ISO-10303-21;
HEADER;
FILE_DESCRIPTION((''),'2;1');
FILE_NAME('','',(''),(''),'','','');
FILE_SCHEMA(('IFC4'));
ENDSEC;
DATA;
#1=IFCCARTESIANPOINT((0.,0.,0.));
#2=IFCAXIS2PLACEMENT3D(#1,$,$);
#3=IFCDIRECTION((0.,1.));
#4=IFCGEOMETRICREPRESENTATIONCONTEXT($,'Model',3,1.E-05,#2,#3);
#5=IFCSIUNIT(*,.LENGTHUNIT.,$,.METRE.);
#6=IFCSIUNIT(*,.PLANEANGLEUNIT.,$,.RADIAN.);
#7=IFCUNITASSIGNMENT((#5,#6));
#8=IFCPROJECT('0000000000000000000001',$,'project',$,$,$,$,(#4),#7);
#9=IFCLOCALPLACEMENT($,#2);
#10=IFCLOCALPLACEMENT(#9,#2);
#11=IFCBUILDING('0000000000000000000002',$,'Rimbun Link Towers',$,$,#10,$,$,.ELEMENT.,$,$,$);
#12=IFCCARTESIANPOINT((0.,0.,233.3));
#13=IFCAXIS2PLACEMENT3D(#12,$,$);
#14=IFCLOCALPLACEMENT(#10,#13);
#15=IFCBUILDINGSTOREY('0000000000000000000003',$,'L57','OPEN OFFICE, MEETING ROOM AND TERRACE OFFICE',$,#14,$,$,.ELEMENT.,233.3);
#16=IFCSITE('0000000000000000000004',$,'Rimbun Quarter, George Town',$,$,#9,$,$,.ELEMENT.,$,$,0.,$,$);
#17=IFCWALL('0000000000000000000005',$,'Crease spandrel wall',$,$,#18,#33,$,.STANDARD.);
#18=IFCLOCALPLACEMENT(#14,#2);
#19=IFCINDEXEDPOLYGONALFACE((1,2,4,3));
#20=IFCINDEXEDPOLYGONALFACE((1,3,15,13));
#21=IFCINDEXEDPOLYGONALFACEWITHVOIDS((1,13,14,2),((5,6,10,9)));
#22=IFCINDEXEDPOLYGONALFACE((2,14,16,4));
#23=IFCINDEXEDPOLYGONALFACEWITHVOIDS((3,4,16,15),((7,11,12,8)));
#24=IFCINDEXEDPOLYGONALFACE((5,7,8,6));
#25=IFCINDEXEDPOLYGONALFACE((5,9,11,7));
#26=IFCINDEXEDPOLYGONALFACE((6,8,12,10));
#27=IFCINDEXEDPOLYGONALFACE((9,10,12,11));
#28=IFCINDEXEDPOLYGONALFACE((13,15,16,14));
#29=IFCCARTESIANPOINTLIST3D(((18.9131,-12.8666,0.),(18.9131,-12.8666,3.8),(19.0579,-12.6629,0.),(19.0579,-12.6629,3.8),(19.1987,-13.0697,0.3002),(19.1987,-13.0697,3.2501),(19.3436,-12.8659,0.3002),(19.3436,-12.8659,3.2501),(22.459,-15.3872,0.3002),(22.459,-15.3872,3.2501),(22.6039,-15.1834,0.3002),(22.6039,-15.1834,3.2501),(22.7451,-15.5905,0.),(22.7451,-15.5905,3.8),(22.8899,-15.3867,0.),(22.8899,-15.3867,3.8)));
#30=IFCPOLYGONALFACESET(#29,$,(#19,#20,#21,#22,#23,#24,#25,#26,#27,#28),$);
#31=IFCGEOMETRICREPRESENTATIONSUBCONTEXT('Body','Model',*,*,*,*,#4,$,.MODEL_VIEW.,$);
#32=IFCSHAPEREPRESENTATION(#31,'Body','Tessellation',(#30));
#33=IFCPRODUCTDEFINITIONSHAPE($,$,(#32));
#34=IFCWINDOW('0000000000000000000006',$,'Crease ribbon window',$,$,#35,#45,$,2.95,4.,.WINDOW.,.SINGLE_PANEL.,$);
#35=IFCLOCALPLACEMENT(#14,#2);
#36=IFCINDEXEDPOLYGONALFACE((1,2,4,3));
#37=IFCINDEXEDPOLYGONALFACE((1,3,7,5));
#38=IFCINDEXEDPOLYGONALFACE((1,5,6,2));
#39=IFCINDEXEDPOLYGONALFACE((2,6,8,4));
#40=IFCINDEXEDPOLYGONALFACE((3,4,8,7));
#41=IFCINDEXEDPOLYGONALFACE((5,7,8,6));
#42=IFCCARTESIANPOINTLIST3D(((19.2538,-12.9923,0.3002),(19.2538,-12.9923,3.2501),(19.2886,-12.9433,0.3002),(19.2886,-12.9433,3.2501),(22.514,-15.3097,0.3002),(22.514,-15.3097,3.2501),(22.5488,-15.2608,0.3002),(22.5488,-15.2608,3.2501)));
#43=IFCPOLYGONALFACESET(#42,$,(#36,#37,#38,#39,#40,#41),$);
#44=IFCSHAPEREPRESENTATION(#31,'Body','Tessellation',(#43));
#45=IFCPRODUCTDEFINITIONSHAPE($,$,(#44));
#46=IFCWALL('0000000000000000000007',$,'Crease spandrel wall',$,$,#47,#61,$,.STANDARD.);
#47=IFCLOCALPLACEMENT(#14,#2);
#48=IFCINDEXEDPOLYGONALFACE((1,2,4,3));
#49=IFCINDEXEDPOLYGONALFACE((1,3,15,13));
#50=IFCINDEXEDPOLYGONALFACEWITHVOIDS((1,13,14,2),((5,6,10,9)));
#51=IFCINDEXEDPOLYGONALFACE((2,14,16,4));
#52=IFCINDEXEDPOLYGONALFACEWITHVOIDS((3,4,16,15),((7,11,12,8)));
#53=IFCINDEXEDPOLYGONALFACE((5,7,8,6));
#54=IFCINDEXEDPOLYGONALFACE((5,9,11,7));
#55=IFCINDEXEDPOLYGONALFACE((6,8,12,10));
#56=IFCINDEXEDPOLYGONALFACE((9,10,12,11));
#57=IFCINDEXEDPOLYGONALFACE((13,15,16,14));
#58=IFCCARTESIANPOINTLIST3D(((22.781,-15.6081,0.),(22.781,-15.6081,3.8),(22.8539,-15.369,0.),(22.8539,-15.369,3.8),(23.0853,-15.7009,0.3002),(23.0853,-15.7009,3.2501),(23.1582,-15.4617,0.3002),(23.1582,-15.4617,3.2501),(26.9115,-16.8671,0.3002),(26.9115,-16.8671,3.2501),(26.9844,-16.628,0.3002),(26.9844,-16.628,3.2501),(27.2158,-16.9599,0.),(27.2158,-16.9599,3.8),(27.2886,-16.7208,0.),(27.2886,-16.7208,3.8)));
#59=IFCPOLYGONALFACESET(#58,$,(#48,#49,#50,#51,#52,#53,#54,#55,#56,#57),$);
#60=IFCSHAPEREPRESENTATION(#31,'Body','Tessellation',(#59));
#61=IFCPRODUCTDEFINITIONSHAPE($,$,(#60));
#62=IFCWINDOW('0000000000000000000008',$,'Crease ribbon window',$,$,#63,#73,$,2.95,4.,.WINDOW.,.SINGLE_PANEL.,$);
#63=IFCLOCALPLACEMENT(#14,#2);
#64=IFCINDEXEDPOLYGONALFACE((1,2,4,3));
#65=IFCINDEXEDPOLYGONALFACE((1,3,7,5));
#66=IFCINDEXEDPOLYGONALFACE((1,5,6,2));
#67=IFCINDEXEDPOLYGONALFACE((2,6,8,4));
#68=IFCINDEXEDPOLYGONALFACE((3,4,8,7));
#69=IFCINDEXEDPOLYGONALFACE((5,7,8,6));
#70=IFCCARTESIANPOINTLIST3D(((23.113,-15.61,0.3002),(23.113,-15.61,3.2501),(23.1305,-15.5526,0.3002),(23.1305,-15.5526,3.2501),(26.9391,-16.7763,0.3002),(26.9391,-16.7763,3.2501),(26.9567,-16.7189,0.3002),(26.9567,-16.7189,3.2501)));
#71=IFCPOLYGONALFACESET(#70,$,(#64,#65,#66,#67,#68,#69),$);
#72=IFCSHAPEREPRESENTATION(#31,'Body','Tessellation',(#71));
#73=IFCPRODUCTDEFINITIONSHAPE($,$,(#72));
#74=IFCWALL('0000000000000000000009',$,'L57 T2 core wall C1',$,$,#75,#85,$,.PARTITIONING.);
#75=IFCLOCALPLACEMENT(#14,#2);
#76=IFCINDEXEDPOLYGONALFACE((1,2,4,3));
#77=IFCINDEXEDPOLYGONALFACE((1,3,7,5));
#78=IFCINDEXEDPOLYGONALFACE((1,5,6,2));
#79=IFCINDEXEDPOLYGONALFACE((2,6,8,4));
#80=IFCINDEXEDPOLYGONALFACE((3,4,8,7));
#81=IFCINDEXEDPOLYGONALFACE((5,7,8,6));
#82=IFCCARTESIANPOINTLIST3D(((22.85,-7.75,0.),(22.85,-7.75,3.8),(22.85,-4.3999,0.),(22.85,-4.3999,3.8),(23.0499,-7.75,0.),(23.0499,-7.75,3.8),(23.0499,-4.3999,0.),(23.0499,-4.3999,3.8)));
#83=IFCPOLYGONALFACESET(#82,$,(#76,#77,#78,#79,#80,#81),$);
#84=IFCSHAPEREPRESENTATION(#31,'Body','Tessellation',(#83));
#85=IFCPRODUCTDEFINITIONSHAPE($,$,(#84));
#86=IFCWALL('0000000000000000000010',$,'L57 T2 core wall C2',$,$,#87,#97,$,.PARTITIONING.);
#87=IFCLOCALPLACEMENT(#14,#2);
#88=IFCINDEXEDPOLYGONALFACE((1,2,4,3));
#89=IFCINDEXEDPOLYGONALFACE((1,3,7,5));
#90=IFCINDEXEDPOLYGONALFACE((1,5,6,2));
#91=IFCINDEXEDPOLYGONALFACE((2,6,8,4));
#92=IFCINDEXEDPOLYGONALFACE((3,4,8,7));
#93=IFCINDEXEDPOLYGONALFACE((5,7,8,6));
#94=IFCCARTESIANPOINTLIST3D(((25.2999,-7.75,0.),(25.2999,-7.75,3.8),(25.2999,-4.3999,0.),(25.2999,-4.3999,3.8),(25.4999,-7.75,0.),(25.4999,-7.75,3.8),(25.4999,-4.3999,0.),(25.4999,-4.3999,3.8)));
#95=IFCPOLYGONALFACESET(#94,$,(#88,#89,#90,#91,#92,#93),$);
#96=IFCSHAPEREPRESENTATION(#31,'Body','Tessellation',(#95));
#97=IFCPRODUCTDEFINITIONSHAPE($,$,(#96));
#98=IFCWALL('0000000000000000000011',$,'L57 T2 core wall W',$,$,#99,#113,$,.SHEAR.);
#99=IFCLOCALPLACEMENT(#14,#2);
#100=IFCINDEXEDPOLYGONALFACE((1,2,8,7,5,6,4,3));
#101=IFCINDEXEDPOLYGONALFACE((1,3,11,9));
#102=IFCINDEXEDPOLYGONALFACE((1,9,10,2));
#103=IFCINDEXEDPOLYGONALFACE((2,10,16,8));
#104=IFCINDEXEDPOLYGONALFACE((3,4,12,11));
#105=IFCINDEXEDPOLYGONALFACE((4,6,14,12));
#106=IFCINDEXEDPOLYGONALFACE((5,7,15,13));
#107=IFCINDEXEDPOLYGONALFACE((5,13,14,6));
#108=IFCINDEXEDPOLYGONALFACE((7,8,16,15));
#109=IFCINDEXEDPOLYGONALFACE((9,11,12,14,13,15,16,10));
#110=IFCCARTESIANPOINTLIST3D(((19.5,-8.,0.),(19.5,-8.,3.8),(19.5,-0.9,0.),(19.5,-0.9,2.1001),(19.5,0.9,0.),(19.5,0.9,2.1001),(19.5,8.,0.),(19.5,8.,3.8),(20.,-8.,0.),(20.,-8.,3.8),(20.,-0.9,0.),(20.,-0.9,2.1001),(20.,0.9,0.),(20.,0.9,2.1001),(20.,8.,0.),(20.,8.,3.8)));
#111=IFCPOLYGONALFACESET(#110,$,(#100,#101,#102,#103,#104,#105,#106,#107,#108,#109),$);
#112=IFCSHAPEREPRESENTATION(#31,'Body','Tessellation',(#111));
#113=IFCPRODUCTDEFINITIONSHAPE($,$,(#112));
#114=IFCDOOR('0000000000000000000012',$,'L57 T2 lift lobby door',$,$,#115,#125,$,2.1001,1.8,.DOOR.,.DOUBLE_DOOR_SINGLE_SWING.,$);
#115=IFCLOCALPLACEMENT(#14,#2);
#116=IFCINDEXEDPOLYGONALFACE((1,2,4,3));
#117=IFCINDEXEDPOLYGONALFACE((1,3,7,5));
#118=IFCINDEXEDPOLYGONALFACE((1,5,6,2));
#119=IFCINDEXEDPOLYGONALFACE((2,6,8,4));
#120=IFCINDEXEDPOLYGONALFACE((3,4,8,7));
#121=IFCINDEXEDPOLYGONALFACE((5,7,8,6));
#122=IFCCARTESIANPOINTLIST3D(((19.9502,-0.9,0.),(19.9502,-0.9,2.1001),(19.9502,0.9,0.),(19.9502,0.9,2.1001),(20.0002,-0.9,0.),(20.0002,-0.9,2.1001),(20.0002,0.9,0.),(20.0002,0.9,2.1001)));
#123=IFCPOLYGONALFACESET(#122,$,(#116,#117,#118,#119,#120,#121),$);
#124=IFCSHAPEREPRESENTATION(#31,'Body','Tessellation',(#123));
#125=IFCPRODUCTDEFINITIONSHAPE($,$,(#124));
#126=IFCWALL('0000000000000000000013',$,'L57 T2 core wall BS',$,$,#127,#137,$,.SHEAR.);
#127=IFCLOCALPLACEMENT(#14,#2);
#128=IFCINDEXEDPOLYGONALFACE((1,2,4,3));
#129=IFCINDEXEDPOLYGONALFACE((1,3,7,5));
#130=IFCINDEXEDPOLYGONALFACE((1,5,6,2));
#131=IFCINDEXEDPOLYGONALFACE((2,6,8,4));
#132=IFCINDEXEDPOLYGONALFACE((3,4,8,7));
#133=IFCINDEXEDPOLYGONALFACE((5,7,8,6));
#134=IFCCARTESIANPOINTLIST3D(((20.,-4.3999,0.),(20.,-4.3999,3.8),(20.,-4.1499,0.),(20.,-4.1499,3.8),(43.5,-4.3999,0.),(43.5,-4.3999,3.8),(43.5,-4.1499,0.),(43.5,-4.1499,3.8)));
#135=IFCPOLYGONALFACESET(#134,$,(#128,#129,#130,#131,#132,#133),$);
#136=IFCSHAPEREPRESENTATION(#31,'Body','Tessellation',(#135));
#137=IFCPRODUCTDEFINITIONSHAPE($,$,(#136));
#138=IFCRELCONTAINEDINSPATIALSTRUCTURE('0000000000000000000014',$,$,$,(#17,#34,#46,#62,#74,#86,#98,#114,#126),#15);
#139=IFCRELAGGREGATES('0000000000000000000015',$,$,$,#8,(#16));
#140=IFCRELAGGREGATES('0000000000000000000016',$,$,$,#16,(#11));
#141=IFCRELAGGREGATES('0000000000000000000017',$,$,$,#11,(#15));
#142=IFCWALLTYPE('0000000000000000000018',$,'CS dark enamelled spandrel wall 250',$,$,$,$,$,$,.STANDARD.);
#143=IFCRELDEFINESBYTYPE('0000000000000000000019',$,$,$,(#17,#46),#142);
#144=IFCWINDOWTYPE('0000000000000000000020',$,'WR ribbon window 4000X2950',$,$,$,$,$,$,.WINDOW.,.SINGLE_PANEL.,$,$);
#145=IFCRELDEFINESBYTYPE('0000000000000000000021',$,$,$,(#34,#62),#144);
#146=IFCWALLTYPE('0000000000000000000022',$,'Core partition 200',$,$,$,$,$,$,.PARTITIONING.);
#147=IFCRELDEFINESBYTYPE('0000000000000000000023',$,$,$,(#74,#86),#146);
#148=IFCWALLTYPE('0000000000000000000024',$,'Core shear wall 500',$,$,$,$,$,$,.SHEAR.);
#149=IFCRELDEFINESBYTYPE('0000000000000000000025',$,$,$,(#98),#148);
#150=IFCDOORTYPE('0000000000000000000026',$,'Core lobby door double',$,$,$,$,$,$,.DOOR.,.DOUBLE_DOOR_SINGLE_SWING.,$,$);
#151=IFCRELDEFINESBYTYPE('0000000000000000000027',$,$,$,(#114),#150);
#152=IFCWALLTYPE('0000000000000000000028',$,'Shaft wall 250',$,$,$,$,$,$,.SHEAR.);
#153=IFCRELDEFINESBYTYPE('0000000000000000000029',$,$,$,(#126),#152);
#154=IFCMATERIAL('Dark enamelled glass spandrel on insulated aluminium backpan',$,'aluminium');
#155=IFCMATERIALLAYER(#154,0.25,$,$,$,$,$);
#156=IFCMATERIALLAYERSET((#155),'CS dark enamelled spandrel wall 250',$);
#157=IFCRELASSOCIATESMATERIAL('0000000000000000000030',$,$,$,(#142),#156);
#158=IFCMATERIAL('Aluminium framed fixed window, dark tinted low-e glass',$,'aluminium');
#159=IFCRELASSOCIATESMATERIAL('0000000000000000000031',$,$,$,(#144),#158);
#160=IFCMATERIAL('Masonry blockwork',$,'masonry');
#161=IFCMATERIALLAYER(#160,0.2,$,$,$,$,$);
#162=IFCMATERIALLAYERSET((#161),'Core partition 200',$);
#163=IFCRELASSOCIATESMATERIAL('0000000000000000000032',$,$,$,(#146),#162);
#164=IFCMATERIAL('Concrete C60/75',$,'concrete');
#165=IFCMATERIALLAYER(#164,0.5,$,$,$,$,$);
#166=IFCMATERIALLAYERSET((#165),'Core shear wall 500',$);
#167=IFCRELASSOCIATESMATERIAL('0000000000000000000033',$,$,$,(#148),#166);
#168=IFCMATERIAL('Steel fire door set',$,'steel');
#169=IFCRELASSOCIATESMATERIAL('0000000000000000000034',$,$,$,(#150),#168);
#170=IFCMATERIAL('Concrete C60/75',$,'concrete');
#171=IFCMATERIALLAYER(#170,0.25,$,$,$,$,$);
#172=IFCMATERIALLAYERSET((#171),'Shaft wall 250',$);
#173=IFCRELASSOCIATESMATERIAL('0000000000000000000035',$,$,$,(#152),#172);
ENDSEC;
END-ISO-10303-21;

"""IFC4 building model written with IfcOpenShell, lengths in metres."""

from ifc_helpers import new_model, si_unit, direction, frame, frame_2d, origin, place, context, subcontext, project, spatial, rectangle, extrude, material, layer, layer_set, type_object, element, fill, save


model = new_model("IFC4")

# Units and contexts
model_context = context("Model", 3, precision=1e-05, world=origin(), true_north=direction((0.0, 1.0)))
body_context = subcontext(model_context, "Body", "Model", "MODEL_VIEW")
ifc_project = project(units=[si_unit("LENGTHUNIT", "METRE"), si_unit("PLANEANGLEUNIT", "RADIAN")], contexts=[model_context])

# Site, building, storey
site_placement = place(None, origin())
site = spatial("IfcSite", under=ifc_project, at=site_placement, Name="Rimbun Quarter, George Town", CompositionType="ELEMENT", RefElevation=0.0)
building_placement = place(site_placement, origin())
building = spatial("IfcBuilding", under=site, at=building_placement, Name="Rimbun Link Towers", CompositionType="ELEMENT")
storey_placement = place(building_placement, frame((0.0, 0.0, 233.3)))
storey = spatial("IfcBuildingStorey", under=building, at=storey_placement, Name="L57", Description="OPEN OFFICE, MEETING ROOM AND TERRACE OFFICE", CompositionType="ELEMENT", Elevation=233.3)

# Walls, openings, windows
ifc_material_1 = material(Name="Dark enamelled glass spandrel on insulated aluminium backpan", Category="aluminium")
ifc_layer_1 = layer(ifc_material_1, 0.25)
ifc_layer_set_1 = layer_set([ifc_layer_1], Name="CS dark enamelled spandrel wall 250")
wall_type_1 = type_object("IfcWallType", Name="CS dark enamelled spandrel wall 250", PredefinedType="STANDARD", material=ifc_layer_set_1)
wall_1_placement = place(storey_placement, frame((22.8174, -15.4885, 0.0), z_axis=(0.0, 0.0, 1.0), x_axis=(-0.815068, 0.579365, 0.0)))
wall_1 = element("IfcWall", 1, at=wall_1_placement, inside=storey, type_object=wall_type_1, Name="Crease spandrel wall", PredefinedType="STANDARD", context=body_context, shape_type="SweptSolid", body=[
    extrude(rectangle(XDim=4.7014, YDim=0.25, at=frame_2d((2.3506, 0.0))), origin(), (0.0, 0.0, 1.0), 3.8),
])
opening_1_placement = place(wall_1_placement, frame((0.3508, 0.0, 0.3)))
opening_1 = element("IfcOpeningElement", 2, at=opening_1_placement, cuts=wall_1, PredefinedType="OPENING", context=body_context, shape_type="SweptSolid", body=[
    extrude(rectangle(XDim=4.0, YDim=2.95, at=frame_2d((2.0, 1.4751))), frame((0.0, 0.135, 0.0), z_axis=(0.0, -1.0, 0.0), x_axis=(1.0, 0.0, 0.0)), (0.0, 0.0, 1.0), 0.27),
])
ifc_material_2 = material(Name="Aluminium framed fixed window, dark tinted low-e glass", Category="aluminium")
window_type = type_object("IfcWindowType", Name="WR ribbon window 4000X2950", PartitioningType="SINGLE_PANEL", PredefinedType="WINDOW", material=ifc_material_2)
window_1_placement = place(opening_1_placement, origin())
window_1 = element("IfcWindow", 3, at=window_1_placement, inside=storey, type_object=window_type, Name="Crease ribbon window", OverallHeight=2.95, OverallWidth=4.0, PartitioningType="SINGLE_PANEL", PredefinedType="WINDOW", context=body_context, shape_type="SweptSolid", body=[
    extrude(rectangle(XDim=4.0, YDim=2.95, at=frame_2d((2.0, 1.4751))), frame((0.0, 0.03, 0.0), z_axis=(0.0, -1.0, 0.0), x_axis=(1.0, 0.0, 0.0)), (0.0, 0.0, 1.0), 0.0601),
])
fill(opening_1, window_1)
wall_2_placement = place(storey_placement, frame((27.2522, -16.8403, 0.0), z_axis=(0.0, 0.0, 1.0), x_axis=(-0.956549, 0.291572, 0.0)))
wall_2 = element("IfcWall", 4, at=wall_2_placement, inside=storey, type_object=wall_type_1, Name="Crease spandrel wall", PredefinedType="STANDARD", context=body_context, shape_type="SweptSolid", body=[
    extrude(rectangle(XDim=4.6362, YDim=0.25, at=frame_2d((2.3181, 0.0))), origin(), (0.0, 0.0, 1.0), 3.8),
])
opening_2_placement = place(wall_2_placement, frame((0.3181, 0.0, 0.3)))
opening_2 = element("IfcOpeningElement", 5, at=opening_2_placement, cuts=wall_2, PredefinedType="OPENING", context=body_context, shape_type="SweptSolid", body=[
    extrude(rectangle(XDim=4.0, YDim=2.95, at=frame_2d((2.0, 1.4751))), frame((0.0, 0.135, 0.0), z_axis=(0.0, -1.0, 0.0), x_axis=(1.0, 0.0, 0.0)), (0.0, 0.0, 1.0), 0.27),
])
window_2_placement = place(opening_2_placement, origin())
window_2 = element("IfcWindow", 6, at=window_2_placement, inside=storey, type_object=window_type, Name="Crease ribbon window", OverallHeight=2.95, OverallWidth=4.0, PartitioningType="SINGLE_PANEL", PredefinedType="WINDOW", context=body_context, shape_type="SweptSolid", body=[
    extrude(rectangle(XDim=4.0, YDim=2.95, at=frame_2d((2.0, 1.4751))), frame((0.0, 0.03, 0.0), z_axis=(0.0, -1.0, 0.0), x_axis=(1.0, 0.0, 0.0)), (0.0, 0.0, 1.0), 0.0601),
])
fill(opening_2, window_2)

# Walls
ifc_material_3 = material(Name="Masonry blockwork", Category="masonry")
ifc_layer_2 = layer(ifc_material_3, 0.2)
ifc_layer_set_2 = layer_set([ifc_layer_2], Name="Core partition 200")
wall_type_2 = type_object("IfcWallType", Name="Core partition 200", PredefinedType="PARTITIONING", material=ifc_layer_set_2)
for number, where, z_axis, x_axis, name in (
    (7, (22.95, -4.3999, 0.0), (0.0, 0.0, 1.0), (0.0, -1.0, 0.0), "L57 T2 core wall C1"),
    (8, (25.3999, -4.3999, 0.0), (0.0, 0.0, 1.0), (0.0, -1.0, 0.0), "L57 T2 core wall C2"),
):
    element("IfcWall", number, at=place(storey_placement, frame(where, z_axis=z_axis, x_axis=x_axis)), inside=storey, type_object=wall_type_2, Name=name, PredefinedType="PARTITIONING", context=body_context, shape_type="SweptSolid", body=[
        extrude(rectangle(XDim=3.3501, YDim=0.2, at=frame_2d((1.675, 0.0))), origin(), (0.0, 0.0, 1.0), 3.8),
    ])

# Wall, opening, door
ifc_material_4 = material(Name="Concrete C60/75", Category="concrete")
ifc_layer_3 = layer(ifc_material_4, 0.5)
ifc_layer_set_3 = layer_set([ifc_layer_3], Name="Core shear wall 500")
wall_type_3 = type_object("IfcWallType", Name="Core shear wall 500", PredefinedType="SHEAR", material=ifc_layer_set_3)
wall_3_placement = place(storey_placement, frame((19.75, -8.0, 0.0), z_axis=(0.0, 0.0, 1.0), x_axis=(0.0, 1.0, 0.0)))
wall_3 = element("IfcWall", 9, at=wall_3_placement, inside=storey, type_object=wall_type_3, Name="L57 T2 core wall W", PredefinedType="SHEAR", context=body_context, shape_type="SweptSolid", body=[
    extrude(rectangle(XDim=16.0, YDim=0.5, at=frame_2d((8.0, 0.0))), origin(), (0.0, 0.0, 1.0), 3.8),
])
opening_3_placement = place(wall_3_placement, frame((7.1001, 0.0, 0.0)))
opening_3 = element("IfcOpeningElement", 10, at=opening_3_placement, cuts=wall_3, PredefinedType="OPENING", context=body_context, shape_type="SweptSolid", body=[
    extrude(rectangle(XDim=1.8, YDim=2.1001, at=frame_2d((0.8999, 1.05))), frame((0.0, 0.26, 0.0), z_axis=(0.0, -1.0, 0.0), x_axis=(1.0, 0.0, 0.0)), (0.0, 0.0, 1.0), 0.52),
])
ifc_material_5 = material(Name="Steel fire door set", Category="steel")
door_type_1 = type_object("IfcDoorType", Name="Core lobby door double", OperationType="DOUBLE_DOOR_SINGLE_SWING", PredefinedType="DOOR", material=ifc_material_5)
door_1_placement = place(opening_3_placement, origin())
door_1 = element("IfcDoor", 11, at=door_1_placement, inside=storey, type_object=door_type_1, Name="L57 T2 lift lobby door", OperationType="DOUBLE_DOOR_SINGLE_SWING", OverallHeight=2.1001, OverallWidth=1.8, PredefinedType="DOOR", context=body_context, shape_type="SweptSolid", body=[
    extrude(rectangle(XDim=1.8, YDim=2.1001, at=frame_2d((0.8999, 1.05))), frame((0.0, -0.2002, 0.0), z_axis=(0.0, -1.0, 0.0), x_axis=(1.0, 0.0, 0.0)), (0.0, 0.0, 1.0), 0.05),
])
fill(opening_3, door_1)

# Wall
ifc_material_6 = material(Name="Concrete C60/75", Category="concrete")
ifc_layer_4 = layer(ifc_material_6, 0.25)
ifc_layer_set_4 = layer_set([ifc_layer_4], Name="Shaft wall 250")
wall_type_4 = type_object("IfcWallType", Name="Shaft wall 250", PredefinedType="SHEAR", material=ifc_layer_set_4)
wall_4_placement = place(storey_placement, frame((20.0, -4.2749, 0.0), z_axis=(0.0, 0.0, 1.0), x_axis=(1.0, 0.0, 0.0)))
element("IfcWall", 12, at=wall_4_placement, inside=storey, type_object=wall_type_4, Name="L57 T2 core wall BS", PredefinedType="SHEAR", context=body_context, shape_type="SweptSolid", body=[
    extrude(rectangle(XDim=23.5, YDim=0.25, at=frame_2d((11.75, 0.0))), origin(), (0.0, 0.0, 1.0), 3.8),
])

save(model, "model.ifc")
